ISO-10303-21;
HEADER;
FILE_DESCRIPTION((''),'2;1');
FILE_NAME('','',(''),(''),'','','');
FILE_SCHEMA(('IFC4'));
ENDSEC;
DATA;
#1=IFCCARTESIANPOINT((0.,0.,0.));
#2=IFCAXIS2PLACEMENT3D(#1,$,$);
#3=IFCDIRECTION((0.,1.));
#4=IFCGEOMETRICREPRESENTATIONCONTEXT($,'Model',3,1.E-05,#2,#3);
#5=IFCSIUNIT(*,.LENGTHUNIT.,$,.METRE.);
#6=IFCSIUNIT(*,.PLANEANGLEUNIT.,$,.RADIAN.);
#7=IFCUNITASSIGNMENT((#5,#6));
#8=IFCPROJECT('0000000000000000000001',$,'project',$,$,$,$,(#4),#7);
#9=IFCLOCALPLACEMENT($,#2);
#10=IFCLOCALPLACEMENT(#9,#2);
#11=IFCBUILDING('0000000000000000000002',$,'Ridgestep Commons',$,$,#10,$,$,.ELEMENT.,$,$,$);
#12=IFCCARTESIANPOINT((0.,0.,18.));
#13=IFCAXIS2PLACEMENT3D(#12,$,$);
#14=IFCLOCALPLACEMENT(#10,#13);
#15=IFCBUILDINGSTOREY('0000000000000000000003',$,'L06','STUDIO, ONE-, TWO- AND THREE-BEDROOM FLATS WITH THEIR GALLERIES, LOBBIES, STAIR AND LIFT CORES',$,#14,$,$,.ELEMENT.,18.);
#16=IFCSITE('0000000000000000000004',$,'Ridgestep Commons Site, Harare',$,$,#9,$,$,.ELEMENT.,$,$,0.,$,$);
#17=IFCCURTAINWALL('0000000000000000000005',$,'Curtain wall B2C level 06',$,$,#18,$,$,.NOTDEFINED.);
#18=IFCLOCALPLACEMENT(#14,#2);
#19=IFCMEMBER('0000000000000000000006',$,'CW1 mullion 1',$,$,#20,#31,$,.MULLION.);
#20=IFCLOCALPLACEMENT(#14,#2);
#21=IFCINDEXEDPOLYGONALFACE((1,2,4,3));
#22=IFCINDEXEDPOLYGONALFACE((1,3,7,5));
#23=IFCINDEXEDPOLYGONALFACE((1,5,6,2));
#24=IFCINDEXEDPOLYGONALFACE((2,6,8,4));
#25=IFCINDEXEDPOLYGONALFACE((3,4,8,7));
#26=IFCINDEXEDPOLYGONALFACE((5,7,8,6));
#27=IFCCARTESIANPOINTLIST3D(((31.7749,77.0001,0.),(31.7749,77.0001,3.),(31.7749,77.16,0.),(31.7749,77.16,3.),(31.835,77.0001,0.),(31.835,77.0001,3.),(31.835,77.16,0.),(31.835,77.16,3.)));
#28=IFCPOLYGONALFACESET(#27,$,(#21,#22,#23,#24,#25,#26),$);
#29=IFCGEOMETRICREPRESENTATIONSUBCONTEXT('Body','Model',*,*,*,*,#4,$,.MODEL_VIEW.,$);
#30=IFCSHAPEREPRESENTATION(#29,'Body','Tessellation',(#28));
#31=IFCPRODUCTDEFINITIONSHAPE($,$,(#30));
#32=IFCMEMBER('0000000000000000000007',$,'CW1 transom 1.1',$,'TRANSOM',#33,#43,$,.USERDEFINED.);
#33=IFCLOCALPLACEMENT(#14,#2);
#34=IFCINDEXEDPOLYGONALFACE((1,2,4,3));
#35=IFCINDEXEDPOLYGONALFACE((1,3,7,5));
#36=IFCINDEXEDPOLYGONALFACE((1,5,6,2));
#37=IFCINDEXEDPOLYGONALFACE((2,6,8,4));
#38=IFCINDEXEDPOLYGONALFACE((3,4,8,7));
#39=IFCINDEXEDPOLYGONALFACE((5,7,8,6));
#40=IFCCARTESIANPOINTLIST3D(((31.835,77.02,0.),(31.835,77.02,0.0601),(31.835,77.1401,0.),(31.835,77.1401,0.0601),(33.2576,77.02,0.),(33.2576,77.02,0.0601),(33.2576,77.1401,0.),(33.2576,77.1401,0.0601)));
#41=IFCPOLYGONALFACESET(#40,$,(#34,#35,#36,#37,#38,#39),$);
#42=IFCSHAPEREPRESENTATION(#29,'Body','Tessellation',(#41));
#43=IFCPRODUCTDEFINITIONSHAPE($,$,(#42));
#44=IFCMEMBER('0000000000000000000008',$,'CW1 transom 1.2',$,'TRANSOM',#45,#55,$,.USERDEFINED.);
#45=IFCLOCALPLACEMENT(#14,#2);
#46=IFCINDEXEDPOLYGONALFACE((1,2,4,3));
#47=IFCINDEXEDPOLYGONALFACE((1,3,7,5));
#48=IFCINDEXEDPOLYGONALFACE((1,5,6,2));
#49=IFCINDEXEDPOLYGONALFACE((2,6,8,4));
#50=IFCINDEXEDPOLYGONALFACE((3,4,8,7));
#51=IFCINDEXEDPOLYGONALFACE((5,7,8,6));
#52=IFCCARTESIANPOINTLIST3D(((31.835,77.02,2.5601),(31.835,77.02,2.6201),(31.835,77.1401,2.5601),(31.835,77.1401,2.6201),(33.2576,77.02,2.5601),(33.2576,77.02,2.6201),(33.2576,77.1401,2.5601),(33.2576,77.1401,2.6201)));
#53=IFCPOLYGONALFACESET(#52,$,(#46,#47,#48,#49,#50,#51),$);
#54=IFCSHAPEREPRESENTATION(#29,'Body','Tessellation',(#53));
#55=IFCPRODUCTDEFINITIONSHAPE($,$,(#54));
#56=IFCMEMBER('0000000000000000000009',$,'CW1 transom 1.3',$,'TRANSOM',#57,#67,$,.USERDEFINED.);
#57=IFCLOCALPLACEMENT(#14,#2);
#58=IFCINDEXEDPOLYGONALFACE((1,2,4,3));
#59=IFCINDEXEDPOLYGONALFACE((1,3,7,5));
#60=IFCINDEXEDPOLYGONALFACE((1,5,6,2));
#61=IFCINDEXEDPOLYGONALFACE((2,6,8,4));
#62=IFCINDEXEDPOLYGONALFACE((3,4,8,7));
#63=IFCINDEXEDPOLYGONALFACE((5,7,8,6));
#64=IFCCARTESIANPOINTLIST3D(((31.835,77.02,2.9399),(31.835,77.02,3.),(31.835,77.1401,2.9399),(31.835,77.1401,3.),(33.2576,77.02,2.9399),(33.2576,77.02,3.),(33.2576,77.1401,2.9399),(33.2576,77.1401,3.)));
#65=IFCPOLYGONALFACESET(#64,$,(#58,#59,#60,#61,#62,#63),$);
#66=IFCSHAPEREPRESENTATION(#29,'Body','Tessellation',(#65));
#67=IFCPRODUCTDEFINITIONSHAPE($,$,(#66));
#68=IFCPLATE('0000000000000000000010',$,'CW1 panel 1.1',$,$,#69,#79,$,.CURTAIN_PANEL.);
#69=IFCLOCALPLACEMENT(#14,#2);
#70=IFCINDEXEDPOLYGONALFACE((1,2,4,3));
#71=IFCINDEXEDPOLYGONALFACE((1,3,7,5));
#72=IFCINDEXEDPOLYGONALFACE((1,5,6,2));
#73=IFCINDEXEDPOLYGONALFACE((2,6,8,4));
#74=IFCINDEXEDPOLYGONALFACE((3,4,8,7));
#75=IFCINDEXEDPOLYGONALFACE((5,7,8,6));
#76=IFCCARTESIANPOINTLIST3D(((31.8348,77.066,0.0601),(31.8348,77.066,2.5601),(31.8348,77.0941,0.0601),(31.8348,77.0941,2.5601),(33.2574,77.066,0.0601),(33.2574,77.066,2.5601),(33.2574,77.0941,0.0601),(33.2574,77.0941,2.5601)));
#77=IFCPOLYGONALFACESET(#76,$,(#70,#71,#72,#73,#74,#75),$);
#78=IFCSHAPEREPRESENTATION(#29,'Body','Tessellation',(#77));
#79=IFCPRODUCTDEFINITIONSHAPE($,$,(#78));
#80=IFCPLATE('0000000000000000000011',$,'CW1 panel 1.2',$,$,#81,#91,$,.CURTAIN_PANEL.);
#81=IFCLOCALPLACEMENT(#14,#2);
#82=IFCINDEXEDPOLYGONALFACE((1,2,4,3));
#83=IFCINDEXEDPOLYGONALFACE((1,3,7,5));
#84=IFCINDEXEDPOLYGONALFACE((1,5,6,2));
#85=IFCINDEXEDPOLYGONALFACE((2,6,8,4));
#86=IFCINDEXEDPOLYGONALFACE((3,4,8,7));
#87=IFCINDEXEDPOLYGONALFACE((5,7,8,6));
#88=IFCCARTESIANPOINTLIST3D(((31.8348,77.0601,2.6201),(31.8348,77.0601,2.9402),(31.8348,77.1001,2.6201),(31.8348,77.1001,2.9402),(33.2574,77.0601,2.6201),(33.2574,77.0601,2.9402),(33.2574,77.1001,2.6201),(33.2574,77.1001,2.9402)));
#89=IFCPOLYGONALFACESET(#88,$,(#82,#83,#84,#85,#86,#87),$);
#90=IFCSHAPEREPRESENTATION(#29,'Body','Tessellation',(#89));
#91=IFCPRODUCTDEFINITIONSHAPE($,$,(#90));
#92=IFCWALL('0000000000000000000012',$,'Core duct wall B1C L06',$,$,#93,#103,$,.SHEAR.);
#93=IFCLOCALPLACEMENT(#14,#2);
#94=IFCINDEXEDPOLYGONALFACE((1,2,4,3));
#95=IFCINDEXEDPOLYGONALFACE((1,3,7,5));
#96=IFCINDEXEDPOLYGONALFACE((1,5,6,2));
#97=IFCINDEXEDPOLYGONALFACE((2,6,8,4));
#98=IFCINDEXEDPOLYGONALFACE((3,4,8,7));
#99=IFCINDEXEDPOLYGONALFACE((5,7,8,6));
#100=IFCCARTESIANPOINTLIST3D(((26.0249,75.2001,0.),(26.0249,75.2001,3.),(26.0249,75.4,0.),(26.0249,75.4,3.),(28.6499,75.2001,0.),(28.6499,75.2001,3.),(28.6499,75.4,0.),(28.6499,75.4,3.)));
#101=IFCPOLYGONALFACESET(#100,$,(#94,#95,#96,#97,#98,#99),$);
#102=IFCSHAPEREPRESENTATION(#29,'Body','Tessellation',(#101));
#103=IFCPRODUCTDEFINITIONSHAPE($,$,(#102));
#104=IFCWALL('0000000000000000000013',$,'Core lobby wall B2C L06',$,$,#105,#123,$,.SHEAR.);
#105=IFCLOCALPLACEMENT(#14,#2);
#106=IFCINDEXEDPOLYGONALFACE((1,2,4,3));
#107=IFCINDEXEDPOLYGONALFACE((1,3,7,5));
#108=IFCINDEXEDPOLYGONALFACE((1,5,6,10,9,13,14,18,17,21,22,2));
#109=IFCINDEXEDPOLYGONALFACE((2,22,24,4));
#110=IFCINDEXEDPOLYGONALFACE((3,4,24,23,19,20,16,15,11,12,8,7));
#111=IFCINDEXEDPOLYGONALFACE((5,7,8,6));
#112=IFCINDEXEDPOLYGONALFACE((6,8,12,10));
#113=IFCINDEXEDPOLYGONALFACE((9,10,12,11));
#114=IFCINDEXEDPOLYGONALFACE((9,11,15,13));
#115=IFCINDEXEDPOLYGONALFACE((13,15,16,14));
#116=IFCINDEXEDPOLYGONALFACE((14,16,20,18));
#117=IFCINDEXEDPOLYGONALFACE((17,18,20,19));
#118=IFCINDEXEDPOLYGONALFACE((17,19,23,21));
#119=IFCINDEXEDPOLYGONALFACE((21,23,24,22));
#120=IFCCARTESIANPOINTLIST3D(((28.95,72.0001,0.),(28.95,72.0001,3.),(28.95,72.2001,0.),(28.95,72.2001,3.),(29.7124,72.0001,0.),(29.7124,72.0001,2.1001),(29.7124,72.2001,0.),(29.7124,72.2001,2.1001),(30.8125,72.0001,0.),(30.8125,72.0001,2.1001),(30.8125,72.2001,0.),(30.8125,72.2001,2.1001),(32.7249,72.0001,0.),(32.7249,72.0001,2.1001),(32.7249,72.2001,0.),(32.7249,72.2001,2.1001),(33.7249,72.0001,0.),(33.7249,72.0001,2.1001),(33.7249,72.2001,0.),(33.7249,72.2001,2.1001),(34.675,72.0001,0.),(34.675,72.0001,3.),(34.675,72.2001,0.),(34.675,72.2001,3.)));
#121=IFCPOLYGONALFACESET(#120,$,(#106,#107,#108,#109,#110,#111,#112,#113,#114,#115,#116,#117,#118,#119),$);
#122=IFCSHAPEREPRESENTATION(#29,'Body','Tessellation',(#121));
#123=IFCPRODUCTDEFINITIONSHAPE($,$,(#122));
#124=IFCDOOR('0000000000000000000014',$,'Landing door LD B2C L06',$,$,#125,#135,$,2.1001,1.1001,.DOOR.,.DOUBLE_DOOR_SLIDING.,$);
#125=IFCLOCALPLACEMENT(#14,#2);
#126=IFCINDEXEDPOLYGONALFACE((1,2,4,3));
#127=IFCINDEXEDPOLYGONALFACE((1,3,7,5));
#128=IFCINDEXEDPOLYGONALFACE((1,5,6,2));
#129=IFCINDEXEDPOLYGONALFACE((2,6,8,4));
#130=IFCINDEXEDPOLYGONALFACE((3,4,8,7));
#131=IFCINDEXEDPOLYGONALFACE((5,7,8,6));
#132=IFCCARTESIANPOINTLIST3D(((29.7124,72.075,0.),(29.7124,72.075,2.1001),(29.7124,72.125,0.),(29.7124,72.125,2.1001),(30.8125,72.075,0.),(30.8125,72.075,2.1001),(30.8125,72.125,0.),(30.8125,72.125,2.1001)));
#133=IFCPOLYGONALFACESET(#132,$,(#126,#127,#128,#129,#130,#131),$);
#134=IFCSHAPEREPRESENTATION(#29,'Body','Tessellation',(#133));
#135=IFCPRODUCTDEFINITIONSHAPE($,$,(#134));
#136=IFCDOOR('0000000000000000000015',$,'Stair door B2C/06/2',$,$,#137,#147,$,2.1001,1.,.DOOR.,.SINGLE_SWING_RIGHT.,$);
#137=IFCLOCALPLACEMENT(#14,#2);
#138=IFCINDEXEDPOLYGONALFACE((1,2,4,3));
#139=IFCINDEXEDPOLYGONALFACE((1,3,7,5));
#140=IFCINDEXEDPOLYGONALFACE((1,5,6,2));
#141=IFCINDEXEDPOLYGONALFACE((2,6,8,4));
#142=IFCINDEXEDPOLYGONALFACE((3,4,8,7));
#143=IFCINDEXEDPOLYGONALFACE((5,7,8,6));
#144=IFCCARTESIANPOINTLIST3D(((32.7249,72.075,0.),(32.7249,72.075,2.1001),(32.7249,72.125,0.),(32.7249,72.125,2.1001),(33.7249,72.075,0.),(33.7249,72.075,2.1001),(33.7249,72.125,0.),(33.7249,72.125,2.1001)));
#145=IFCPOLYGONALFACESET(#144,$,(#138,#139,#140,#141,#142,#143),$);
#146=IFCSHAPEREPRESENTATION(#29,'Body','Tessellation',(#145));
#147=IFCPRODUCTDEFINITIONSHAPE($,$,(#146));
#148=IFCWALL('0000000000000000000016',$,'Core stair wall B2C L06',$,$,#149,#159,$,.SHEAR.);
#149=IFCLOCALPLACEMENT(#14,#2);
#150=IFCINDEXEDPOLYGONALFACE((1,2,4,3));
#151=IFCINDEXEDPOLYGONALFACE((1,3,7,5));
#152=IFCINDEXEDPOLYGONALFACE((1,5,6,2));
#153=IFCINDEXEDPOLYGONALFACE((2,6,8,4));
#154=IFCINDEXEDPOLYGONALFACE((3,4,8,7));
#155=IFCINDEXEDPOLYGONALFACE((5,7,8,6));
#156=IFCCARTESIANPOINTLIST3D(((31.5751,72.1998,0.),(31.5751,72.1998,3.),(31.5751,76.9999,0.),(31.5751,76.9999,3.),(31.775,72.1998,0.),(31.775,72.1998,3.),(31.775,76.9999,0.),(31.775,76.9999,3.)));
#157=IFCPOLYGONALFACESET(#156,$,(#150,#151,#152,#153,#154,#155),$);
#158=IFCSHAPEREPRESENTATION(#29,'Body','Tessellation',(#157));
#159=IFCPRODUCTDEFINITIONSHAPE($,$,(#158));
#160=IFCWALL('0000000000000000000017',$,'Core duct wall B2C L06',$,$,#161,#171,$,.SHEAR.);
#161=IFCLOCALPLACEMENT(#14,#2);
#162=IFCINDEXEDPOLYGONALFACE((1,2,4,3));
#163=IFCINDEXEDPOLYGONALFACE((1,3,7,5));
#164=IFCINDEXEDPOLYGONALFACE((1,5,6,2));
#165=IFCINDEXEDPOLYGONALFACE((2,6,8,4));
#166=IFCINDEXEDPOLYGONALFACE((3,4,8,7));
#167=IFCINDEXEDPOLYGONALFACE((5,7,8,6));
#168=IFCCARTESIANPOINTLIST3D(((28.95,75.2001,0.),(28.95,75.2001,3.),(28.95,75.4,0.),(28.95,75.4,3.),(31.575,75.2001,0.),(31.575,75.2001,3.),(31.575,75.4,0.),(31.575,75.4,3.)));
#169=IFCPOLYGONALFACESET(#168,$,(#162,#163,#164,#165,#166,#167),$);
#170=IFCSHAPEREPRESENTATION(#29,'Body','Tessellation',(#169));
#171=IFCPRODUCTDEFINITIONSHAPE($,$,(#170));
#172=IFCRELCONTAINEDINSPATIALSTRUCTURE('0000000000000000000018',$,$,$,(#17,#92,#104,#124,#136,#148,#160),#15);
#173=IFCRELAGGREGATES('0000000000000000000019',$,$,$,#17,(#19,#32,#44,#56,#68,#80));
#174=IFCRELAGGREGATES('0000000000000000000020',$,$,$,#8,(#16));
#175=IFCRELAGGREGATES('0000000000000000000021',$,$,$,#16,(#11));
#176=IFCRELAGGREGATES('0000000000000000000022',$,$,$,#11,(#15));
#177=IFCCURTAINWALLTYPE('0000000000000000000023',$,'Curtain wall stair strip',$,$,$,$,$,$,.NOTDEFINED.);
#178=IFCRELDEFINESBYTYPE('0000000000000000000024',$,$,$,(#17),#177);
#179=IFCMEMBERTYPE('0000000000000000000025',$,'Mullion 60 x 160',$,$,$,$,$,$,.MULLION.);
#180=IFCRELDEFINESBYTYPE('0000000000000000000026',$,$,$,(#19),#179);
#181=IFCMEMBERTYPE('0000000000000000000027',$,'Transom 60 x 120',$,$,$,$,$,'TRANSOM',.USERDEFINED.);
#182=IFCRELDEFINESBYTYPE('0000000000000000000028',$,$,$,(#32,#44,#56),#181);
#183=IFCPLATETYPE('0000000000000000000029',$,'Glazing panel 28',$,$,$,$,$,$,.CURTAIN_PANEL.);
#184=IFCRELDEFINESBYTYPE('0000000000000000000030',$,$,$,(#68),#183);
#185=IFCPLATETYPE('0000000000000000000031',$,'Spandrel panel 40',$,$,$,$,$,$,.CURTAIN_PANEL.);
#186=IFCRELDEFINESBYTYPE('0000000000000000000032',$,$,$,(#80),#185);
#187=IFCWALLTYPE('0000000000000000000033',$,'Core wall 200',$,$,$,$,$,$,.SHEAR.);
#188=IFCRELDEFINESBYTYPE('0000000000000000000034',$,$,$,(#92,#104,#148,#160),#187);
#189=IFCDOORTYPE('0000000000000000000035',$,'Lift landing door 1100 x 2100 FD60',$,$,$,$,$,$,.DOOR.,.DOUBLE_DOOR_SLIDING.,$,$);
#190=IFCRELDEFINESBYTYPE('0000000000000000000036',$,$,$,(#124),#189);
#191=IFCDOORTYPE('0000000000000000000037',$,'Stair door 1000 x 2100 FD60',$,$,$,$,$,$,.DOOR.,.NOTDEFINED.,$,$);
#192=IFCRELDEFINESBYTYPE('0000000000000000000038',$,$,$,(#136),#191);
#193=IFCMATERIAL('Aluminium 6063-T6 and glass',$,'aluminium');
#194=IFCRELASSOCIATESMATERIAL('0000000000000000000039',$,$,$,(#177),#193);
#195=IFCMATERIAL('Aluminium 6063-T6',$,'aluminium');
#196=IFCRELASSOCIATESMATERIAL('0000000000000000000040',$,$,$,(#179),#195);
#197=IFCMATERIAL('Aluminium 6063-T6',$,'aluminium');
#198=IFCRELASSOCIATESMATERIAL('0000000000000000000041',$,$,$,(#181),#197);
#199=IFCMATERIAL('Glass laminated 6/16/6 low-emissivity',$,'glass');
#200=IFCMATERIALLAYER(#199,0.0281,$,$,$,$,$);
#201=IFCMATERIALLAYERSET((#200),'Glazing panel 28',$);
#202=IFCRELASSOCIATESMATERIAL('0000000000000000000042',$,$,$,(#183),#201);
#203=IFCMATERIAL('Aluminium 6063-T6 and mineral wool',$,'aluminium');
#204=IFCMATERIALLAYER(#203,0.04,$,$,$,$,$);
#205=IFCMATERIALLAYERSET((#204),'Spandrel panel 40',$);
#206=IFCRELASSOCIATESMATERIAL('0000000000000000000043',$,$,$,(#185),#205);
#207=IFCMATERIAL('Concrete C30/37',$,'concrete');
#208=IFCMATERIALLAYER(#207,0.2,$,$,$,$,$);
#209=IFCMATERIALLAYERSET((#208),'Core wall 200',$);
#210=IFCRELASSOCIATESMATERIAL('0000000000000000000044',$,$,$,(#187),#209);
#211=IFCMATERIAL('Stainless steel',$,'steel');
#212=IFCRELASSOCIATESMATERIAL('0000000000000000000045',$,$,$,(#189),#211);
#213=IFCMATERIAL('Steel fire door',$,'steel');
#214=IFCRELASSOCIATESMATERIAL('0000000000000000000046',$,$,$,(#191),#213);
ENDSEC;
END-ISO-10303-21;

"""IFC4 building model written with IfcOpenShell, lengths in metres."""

from ifc_helpers import new_model, si_unit, direction, frame, frame_2d, origin, origin_2d, place, context, subcontext, project, spatial, rectangle, extrude, material, layer, layer_set, material_profile, profile_set, type_object, element, fill, aggregate, save


model = new_model("IFC4")

# Units and contexts
model_context = context("Model", 3, precision=1e-05, world=origin(), true_north=direction((0.0, 1.0)))
body_context = subcontext(model_context, "Body", "Model", "MODEL_VIEW")
ifc_project = project(units=[si_unit("LENGTHUNIT", "METRE"), si_unit("PLANEANGLEUNIT", "RADIAN")], contexts=[model_context])

# Site, building, storey
site_placement = place(None, origin())
site = spatial("IfcSite", under=ifc_project, at=site_placement, Name="Ridgestep Commons Site, Harare", CompositionType="ELEMENT", RefElevation=0.0)
building_placement = place(site_placement, origin())
building = spatial("IfcBuilding", under=site, at=building_placement, Name="Ridgestep Commons", CompositionType="ELEMENT")
storey_placement = place(building_placement, frame((0.0, 0.0, 18.0)))
storey = spatial("IfcBuildingStorey", under=building, at=storey_placement, Name="L06", Description="STUDIO, ONE-, TWO- AND THREE-BEDROOM FLATS WITH THEIR GALLERIES, LOBBIES, STAIR AND LIFT CORES", CompositionType="ELEMENT", Elevation=18.0)

# Curtain wall, members, plates
ifc_material_1 = material(Name="Aluminium 6063-T6 and glass", Category="aluminium")
curtain_wall_type = type_object("IfcCurtainWallType", Name="Curtain wall stair strip", PredefinedType="NOTDEFINED", material=ifc_material_1)
curtain_wall_placement = place(storey_placement, origin())
curtain_wall = element("IfcCurtainWall", 1, at=curtain_wall_placement, inside=storey, type_object=curtain_wall_type, Name="Curtain wall B2C level 06", PredefinedType="NOTDEFINED")
ifc_material_2 = material(Name="Aluminium 6063-T6", Category="aluminium")
ifc_material_profile_1 = material_profile(ifc_material_2, rectangle(XDim=0.1599, YDim=0.0601, at=origin_2d()), Name="Mullion 60 x 160")
ifc_profile_set_1 = profile_set([ifc_material_profile_1], Name="Aluminium 6063-T6")
member_type_1 = type_object("IfcMemberType", Name="Mullion 60 x 160", PredefinedType="MULLION", material=ifc_profile_set_1)
member_1_placement = place(storey_placement, frame((31.8049, 77.0801, 0.0), z_axis=(0.0, 0.0, 1.0), x_axis=(0.0, 1.0, 0.0)))
member_1 = element("IfcMember", 2, at=member_1_placement, type_object=member_type_1, Name="CW1 mullion 1", PredefinedType="MULLION", context=body_context, shape_type="SweptSolid", body=[
    extrude(rectangle(XDim=0.1599, YDim=0.0601, at=origin_2d()), origin(), (0.0, 0.0, 1.0), 3.0),
])
ifc_material_3 = material(Name="Aluminium 6063-T6", Category="aluminium")
ifc_material_profile_2 = material_profile(ifc_material_3, rectangle(XDim=0.1201, YDim=0.0601, at=origin_2d()), Name="Transom 60 x 120")
ifc_profile_set_2 = profile_set([ifc_material_profile_2], Name="Aluminium 6063-T6")
member_type_2 = type_object("IfcMemberType", Name="Transom 60 x 120", ElementType="TRANSOM", PredefinedType="USERDEFINED", material=ifc_profile_set_2)
member_2_placement = place(storey_placement, frame((31.835, 77.0801, 0.03), z_axis=(1.0, 0.0, 0.0), x_axis=(0.0, 1.0, 0.0)))
member_2 = element("IfcMember", 3, at=member_2_placement, type_object=member_type_2, Name="CW1 transom 1.1", ObjectType="TRANSOM", PredefinedType="USERDEFINED", context=body_context, shape_type="SweptSolid", body=[
    extrude(rectangle(XDim=0.1201, YDim=0.0601, at=origin_2d()), origin(), (0.0, 0.0, 1.0), 1.4226),
])
member_3_placement = place(storey_placement, frame((31.835, 77.0801, 2.5901), z_axis=(1.0, 0.0, 0.0), x_axis=(0.0, 1.0, 0.0)))
member_3 = element("IfcMember", 4, at=member_3_placement, type_object=member_type_2, Name="CW1 transom 1.2", ObjectType="TRANSOM", PredefinedType="USERDEFINED", context=body_context, shape_type="SweptSolid", body=[
    extrude(rectangle(XDim=0.1201, YDim=0.0601, at=origin_2d()), origin(), (0.0, 0.0, 1.0), 1.4226),
])
member_4_placement = place(storey_placement, frame((31.835, 77.0801, 2.97), z_axis=(1.0, 0.0, 0.0), x_axis=(0.0, 1.0, 0.0)))
member_4 = element("IfcMember", 5, at=member_4_placement, type_object=member_type_2, Name="CW1 transom 1.3", ObjectType="TRANSOM", PredefinedType="USERDEFINED", context=body_context, shape_type="SweptSolid", body=[
    extrude(rectangle(XDim=0.1201, YDim=0.0601, at=origin_2d()), origin(), (0.0, 0.0, 1.0), 1.4226),
])
ifc_material_4 = material(Name="Glass laminated 6/16/6 low-emissivity", Category="glass")
ifc_layer_1 = layer(ifc_material_4, 0.0281)
ifc_layer_set_1 = layer_set([ifc_layer_1], Name="Glazing panel 28")
plate_type_1 = type_object("IfcPlateType", Name="Glazing panel 28", PredefinedType="CURTAIN_PANEL", material=ifc_layer_set_1)
plate_1_placement = place(storey_placement, frame((32.5461, 77.0801, 0.0601), z_axis=(0.0, 0.0, 1.0), x_axis=(1.0, 0.0, 0.0)))
plate_1 = element("IfcPlate", 6, at=plate_1_placement, type_object=plate_type_1, Name="CW1 panel 1.1", PredefinedType="CURTAIN_PANEL", context=body_context, shape_type="SweptSolid", body=[
    extrude(rectangle(XDim=1.4226, YDim=0.0281, at=origin_2d()), origin(), (0.0, 0.0, 1.0), 2.5),
])
ifc_material_5 = material(Name="Aluminium 6063-T6 and mineral wool", Category="aluminium")
ifc_layer_2 = layer(ifc_material_5, 0.04)
ifc_layer_set_2 = layer_set([ifc_layer_2], Name="Spandrel panel 40")
plate_type_2 = type_object("IfcPlateType", Name="Spandrel panel 40", PredefinedType="CURTAIN_PANEL", material=ifc_layer_set_2)
plate_2_placement = place(storey_placement, frame((32.5461, 77.0801, 2.6201), z_axis=(0.0, 0.0, 1.0), x_axis=(1.0, 0.0, 0.0)))
plate_2 = element("IfcPlate", 7, at=plate_2_placement, type_object=plate_type_2, Name="CW1 panel 1.2", PredefinedType="CURTAIN_PANEL", context=body_context, shape_type="SweptSolid", body=[
    extrude(rectangle(XDim=1.4226, YDim=0.04, at=origin_2d()), origin(), (0.0, 0.0, 1.0), 0.3201),
])
aggregate(curtain_wall, [member_1, member_2, member_3, member_4, plate_1, plate_2])

# Wall
ifc_material_6 = material(Name="Concrete C30/37", Category="concrete")
ifc_layer_3 = layer(ifc_material_6, 0.2)
ifc_layer_set_3 = layer_set([ifc_layer_3], Name="Core wall 200")
wall_type_1 = type_object("IfcWallType", Name="Core wall 200", PredefinedType="SHEAR", material=ifc_layer_set_3)
wall_1_placement = place(storey_placement, frame((26.0249, 75.3, 0.0), z_axis=(0.0, 0.0, 1.0), x_axis=(1.0, 0.0, 0.0)))
element("IfcWall", 8, at=wall_1_placement, inside=storey, type_object=wall_type_1, Name="Core duct wall B1C L06", PredefinedType="SHEAR", context=body_context, shape_type="SweptSolid", body=[
    extrude(rectangle(XDim=2.625, YDim=0.2, at=frame_2d((1.3125, 0.0))), origin(), (0.0, 0.0, 1.0), 3.0),
])

# Wall, openings, doors
wall_2_placement = place(storey_placement, frame((28.95, 72.1001, 0.0), z_axis=(0.0, 0.0, 1.0), x_axis=(1.0, 0.0, 0.0)))
wall_2 = element("IfcWall", 9, at=wall_2_placement, inside=storey, type_object=wall_type_1, Name="Core lobby wall B2C L06", PredefinedType="SHEAR", context=body_context, shape_type="SweptSolid", body=[
    extrude(rectangle(XDim=5.7251, YDim=0.2, at=frame_2d((2.8625, 0.0))), origin(), (0.0, 0.0, 1.0), 3.0),
])
opening_1_placement = place(wall_2_placement, frame((3.7749, 0.0, 0.0)))
opening_1 = element("IfcOpeningElement", 10, at=opening_1_placement, cuts=wall_2, PredefinedType="OPENING", context=body_context, shape_type="SweptSolid", body=[
    extrude(rectangle(XDim=1.0, YDim=2.1001, at=frame_2d((0.5, 1.05))), frame((0.0, 0.1099, 0.0), z_axis=(0.0, -1.0, 0.0), x_axis=(1.0, 0.0, 0.0)), (0.0, 0.0, 1.0), 0.22),
])
opening_2_placement = place(wall_2_placement, frame((0.7625, 0.0, 0.0)))
opening_2 = element("IfcOpeningElement", 11, at=opening_2_placement, cuts=wall_2, PredefinedType="OPENING", context=body_context, shape_type="SweptSolid", body=[
    extrude(rectangle(XDim=1.1001, YDim=2.1001, at=frame_2d((0.55, 1.05))), frame((0.0, 0.1099, 0.0), z_axis=(0.0, -1.0, 0.0), x_axis=(1.0, 0.0, 0.0)), (0.0, 0.0, 1.0), 0.22),
])
ifc_material_7 = material(Name="Stainless steel", Category="steel")
door_type_1 = type_object("IfcDoorType", Name="Lift landing door 1100 x 2100 FD60", OperationType="DOUBLE_DOOR_SLIDING", PredefinedType="DOOR", material=ifc_material_7)
door_1_placement = place(opening_2_placement, origin())
door_1 = element("IfcDoor", 12, at=door_1_placement, inside=storey, type_object=door_type_1, Name="Landing door LD B2C L06", OperationType="DOUBLE_DOOR_SLIDING", OverallHeight=2.1001, OverallWidth=1.1001, PredefinedType="DOOR", context=body_context, shape_type="SweptSolid", body=[
    extrude(rectangle(XDim=1.1001, YDim=2.1001, at=frame_2d((0.55, 1.05))), frame((0.0, 0.0249, 0.0), z_axis=(0.0, -1.0, 0.0), x_axis=(1.0, 0.0, 0.0)), (0.0, 0.0, 1.0), 0.05),
])
fill(opening_2, door_1)
ifc_material_8 = material(Name="Steel fire door", Category="steel")
door_type_2 = type_object("IfcDoorType", Name="Stair door 1000 x 2100 FD60", OperationType="NOTDEFINED", PredefinedType="DOOR", material=ifc_material_8)
door_2_placement = place(opening_1_placement, origin())
door_2 = element("IfcDoor", 13, at=door_2_placement, inside=storey, type_object=door_type_2, Name="Stair door B2C/06/2", OperationType="SINGLE_SWING_RIGHT", OverallHeight=2.1001, OverallWidth=1.0, PredefinedType="DOOR", context=body_context, shape_type="SweptSolid", body=[
    extrude(rectangle(XDim=1.0, YDim=2.1001, at=frame_2d((0.5, 1.05))), frame((0.0, 0.0249, 0.0), z_axis=(0.0, -1.0, 0.0), x_axis=(1.0, 0.0, 0.0)), (0.0, 0.0, 1.0), 0.05),
])
fill(opening_1, door_2)

# Walls
wall_3_placement = place(storey_placement, frame((31.675, 72.2, 0.0), z_axis=(0.0, 0.0, 1.0), x_axis=(0.0, 1.0, 0.0)))
element("IfcWall", 14, at=wall_3_placement, inside=storey, type_object=wall_type_1, Name="Core stair wall B2C L06", PredefinedType="SHEAR", context=body_context, shape_type="SweptSolid", body=[
    extrude(rectangle(XDim=4.8, YDim=0.2, at=frame_2d((2.3999, 0.0))), origin(), (0.0, 0.0, 1.0), 3.0),
])
wall_4_placement = place(storey_placement, frame((28.95, 75.3, 0.0), z_axis=(0.0, 0.0, 1.0), x_axis=(1.0, 0.0, 0.0)))
element("IfcWall", 15, at=wall_4_placement, inside=storey, type_object=wall_type_1, Name="Core duct wall B2C L06", PredefinedType="SHEAR", context=body_context, shape_type="SweptSolid", body=[
    extrude(rectangle(XDim=2.625, YDim=0.2, at=frame_2d((1.3125, 0.0))), origin(), (0.0, 0.0, 1.0), 3.0),
])

save(model, "model.ifc")
